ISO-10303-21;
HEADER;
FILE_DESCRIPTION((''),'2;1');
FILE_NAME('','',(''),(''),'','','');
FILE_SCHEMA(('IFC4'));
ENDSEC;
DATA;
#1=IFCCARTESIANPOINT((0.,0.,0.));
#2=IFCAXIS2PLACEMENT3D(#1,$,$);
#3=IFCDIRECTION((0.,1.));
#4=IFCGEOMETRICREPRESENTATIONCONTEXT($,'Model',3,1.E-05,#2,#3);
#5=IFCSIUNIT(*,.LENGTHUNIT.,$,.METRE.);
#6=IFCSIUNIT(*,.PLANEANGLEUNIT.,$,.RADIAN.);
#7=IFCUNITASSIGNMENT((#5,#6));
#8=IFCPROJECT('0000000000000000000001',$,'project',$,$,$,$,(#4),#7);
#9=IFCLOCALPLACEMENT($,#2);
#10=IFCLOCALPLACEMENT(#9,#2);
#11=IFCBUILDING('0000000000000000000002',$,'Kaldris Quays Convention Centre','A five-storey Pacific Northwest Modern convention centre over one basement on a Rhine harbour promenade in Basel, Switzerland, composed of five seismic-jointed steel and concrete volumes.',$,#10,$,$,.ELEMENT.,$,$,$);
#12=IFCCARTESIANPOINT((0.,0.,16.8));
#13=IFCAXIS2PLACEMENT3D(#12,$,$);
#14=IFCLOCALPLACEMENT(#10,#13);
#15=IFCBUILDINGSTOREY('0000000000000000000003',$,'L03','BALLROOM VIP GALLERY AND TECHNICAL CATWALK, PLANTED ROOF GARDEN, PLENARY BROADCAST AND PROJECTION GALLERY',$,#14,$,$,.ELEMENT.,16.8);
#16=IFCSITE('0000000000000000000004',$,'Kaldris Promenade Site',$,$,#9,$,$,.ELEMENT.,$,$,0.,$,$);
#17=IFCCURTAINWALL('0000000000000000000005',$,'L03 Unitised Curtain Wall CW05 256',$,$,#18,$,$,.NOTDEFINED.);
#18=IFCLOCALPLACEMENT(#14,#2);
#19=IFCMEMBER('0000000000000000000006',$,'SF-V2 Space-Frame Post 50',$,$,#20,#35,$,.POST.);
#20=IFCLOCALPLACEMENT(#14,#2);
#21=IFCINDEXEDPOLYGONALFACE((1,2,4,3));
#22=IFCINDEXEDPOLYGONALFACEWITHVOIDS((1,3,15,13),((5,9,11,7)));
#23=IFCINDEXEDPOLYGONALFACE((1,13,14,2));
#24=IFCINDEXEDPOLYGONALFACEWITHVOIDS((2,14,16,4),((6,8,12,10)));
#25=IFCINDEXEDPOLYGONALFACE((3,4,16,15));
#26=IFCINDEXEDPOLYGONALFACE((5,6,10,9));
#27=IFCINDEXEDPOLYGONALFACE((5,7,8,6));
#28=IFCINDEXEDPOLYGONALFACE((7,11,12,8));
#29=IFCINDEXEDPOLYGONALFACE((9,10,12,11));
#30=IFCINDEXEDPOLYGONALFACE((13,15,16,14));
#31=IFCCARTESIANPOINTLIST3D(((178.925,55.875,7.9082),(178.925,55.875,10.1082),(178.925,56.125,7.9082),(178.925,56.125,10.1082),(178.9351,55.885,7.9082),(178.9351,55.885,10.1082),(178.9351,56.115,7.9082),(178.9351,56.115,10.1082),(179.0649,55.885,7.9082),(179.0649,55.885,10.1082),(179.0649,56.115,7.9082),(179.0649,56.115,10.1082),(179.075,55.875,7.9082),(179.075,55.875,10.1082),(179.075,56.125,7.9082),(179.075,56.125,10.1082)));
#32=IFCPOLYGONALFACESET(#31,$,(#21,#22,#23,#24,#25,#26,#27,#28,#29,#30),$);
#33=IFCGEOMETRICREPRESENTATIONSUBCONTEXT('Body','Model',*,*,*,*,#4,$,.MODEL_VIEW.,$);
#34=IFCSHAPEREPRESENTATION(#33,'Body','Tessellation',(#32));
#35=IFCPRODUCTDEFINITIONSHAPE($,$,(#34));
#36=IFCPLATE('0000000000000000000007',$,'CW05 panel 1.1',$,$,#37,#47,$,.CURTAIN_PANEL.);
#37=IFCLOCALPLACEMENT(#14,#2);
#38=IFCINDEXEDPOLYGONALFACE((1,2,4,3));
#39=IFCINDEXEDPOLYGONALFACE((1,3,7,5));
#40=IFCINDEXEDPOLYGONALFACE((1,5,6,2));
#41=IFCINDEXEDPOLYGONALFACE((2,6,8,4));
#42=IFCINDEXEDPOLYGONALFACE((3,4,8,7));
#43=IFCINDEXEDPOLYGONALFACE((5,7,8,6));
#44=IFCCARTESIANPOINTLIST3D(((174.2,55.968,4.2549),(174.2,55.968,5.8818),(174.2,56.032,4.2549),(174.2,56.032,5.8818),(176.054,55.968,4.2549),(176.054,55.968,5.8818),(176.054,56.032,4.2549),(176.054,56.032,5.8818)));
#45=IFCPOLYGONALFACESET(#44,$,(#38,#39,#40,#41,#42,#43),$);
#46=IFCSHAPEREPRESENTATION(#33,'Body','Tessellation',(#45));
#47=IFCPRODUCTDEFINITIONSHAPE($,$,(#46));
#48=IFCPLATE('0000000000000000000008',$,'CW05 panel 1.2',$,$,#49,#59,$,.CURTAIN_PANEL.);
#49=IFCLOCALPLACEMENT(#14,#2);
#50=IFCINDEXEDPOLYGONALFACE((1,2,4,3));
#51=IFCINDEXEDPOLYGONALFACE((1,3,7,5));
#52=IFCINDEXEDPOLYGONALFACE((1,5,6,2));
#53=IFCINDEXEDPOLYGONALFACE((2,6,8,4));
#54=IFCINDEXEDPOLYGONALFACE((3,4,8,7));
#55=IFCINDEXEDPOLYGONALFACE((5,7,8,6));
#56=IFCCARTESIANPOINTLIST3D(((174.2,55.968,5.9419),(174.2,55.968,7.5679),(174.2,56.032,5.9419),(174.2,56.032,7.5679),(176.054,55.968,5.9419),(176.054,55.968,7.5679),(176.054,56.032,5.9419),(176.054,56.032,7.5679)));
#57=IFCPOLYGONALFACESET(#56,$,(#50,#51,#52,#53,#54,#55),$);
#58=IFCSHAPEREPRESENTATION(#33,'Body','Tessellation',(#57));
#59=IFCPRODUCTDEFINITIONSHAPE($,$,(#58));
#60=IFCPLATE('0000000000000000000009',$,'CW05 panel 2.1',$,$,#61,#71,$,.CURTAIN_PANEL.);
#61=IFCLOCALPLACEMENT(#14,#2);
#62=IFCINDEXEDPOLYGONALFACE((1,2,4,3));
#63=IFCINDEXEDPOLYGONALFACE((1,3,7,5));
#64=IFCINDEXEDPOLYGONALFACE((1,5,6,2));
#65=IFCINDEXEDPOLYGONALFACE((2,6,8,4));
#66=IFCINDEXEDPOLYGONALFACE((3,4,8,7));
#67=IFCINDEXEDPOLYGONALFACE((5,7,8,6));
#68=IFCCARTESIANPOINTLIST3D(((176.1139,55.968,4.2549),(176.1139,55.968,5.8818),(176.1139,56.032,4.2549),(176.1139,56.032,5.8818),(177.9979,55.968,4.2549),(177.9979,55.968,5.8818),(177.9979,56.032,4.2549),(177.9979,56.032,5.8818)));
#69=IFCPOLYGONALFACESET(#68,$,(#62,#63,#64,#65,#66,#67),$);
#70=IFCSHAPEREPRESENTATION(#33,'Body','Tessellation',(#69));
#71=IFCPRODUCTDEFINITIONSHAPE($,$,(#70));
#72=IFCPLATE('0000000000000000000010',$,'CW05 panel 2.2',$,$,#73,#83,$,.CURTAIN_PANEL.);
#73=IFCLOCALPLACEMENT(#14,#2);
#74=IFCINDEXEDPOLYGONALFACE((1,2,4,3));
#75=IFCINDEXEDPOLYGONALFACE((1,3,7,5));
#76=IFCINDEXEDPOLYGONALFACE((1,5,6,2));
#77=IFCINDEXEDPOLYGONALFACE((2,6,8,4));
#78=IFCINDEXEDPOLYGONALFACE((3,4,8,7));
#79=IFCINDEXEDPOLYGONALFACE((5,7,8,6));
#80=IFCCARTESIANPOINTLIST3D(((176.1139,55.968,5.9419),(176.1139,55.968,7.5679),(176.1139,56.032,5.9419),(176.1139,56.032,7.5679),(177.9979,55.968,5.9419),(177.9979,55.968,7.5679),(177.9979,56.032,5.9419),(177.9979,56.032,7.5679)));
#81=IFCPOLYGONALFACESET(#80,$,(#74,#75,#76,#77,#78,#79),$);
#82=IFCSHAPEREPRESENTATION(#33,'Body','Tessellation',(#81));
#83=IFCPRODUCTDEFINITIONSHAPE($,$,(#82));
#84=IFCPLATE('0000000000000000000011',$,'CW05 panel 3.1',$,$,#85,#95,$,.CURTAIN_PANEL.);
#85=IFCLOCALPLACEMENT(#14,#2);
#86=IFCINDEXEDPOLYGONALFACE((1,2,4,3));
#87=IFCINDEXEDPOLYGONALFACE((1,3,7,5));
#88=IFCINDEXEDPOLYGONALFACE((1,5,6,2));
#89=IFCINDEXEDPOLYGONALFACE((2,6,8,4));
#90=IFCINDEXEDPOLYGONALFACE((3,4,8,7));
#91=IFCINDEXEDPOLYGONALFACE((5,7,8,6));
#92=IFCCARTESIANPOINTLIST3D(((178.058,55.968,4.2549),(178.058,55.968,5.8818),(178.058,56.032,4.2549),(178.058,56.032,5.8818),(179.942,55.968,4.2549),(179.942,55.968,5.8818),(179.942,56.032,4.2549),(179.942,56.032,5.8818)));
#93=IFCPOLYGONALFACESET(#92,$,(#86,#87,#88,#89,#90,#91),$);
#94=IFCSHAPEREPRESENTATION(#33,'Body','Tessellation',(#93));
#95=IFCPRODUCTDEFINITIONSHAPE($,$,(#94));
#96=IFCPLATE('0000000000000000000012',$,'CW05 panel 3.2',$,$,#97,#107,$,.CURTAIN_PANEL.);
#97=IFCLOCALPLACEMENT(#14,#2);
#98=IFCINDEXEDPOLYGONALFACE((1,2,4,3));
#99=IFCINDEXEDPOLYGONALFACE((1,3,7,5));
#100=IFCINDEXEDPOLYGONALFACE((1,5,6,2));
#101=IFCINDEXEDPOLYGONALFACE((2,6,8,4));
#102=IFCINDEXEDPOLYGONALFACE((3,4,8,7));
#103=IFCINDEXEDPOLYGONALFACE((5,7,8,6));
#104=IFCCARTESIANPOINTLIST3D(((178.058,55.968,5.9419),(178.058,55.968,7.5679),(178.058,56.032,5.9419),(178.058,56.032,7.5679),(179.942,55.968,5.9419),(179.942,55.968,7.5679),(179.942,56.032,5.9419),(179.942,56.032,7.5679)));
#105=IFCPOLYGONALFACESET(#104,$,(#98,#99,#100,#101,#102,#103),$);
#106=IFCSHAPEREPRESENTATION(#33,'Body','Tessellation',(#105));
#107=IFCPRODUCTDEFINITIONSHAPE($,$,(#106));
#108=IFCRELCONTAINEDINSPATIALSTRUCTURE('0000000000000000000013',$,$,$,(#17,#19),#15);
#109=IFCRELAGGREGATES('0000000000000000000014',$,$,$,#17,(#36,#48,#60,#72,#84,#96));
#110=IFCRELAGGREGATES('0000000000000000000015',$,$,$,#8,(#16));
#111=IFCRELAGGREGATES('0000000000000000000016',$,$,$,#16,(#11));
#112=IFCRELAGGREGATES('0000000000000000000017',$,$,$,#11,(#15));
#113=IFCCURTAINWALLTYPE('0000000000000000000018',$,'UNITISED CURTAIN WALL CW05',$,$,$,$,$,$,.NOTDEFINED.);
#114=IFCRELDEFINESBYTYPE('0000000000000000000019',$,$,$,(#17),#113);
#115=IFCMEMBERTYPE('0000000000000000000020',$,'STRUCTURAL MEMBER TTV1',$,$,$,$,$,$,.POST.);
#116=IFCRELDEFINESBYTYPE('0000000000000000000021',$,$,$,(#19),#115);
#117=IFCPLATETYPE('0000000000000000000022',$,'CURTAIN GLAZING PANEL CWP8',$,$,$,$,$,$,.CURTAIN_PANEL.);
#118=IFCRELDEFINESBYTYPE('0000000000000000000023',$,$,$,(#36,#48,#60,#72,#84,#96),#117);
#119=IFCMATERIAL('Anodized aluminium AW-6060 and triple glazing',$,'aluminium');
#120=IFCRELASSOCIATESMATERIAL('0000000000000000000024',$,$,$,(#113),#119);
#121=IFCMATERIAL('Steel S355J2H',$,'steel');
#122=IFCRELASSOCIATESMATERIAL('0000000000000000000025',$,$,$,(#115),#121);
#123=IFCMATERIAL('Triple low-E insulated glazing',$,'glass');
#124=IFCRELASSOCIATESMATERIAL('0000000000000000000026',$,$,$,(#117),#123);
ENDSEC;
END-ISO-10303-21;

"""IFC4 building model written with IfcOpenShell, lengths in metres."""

from ifc_helpers import new_model, si_unit, direction, frame, origin, origin_2d, place, context, subcontext, project, spatial, rectangle, hollow_rectangle, extrude, material, material_profile, profile_set, type_object, element, aggregate, save


model = new_model("IFC4")

# Units and contexts
model_context = context("Model", 3, precision=1e-05, world=origin(), true_north=direction((0.0, 1.0)))
body_context = subcontext(model_context, "Body", "Model", "MODEL_VIEW")
ifc_project = project(units=[si_unit("LENGTHUNIT", "METRE"), si_unit("PLANEANGLEUNIT", "RADIAN")], contexts=[model_context])

# Site, building, storey
site_placement = place(None, origin())
site = spatial("IfcSite", under=ifc_project, at=site_placement, Name="Kaldris Promenade Site", CompositionType="ELEMENT", RefElevation=0.0)
building_placement = place(site_placement, origin())
building = spatial("IfcBuilding", under=site, at=building_placement, Name="Kaldris Quays Convention Centre", Description="A five-storey Pacific Northwest Modern convention centre over one basement on a Rhine harbour promenade in Basel, Switzerland, composed of five seismic-jointed steel and concrete volumes.", CompositionType="ELEMENT")
storey_placement = place(building_placement, frame((0.0, 0.0, 16.8)))
storey = spatial("IfcBuildingStorey", under=building, at=storey_placement, Name="L03", Description="BALLROOM VIP GALLERY AND TECHNICAL CATWALK, PLANTED ROOF GARDEN, PLENARY BROADCAST AND PROJECTION GALLERY", CompositionType="ELEMENT", Elevation=16.8)

# Curtain wall
ifc_material_1 = material(Name="Anodized aluminium AW-6060 and triple glazing", Category="aluminium")
curtain_wall_type = type_object("IfcCurtainWallType", Name="UNITISED CURTAIN WALL CW05", PredefinedType="NOTDEFINED", material=ifc_material_1)
curtain_wall_placement = place(storey_placement, origin())
curtain_wall = element("IfcCurtainWall", 1, at=curtain_wall_placement, inside=storey, type_object=curtain_wall_type, Name="L03 Unitised Curtain Wall CW05 256", PredefinedType="NOTDEFINED")

# Member
ifc_material_2 = material(Name="Steel S355J2H", Category="steel")
ifc_material_profile_1 = material_profile(ifc_material_2, hollow_rectangle(XDim=0.1499, YDim=0.25, WallThickness=0.01, at=origin_2d()), Name="RHS 250x150x10")
ifc_profile_set_1 = profile_set([ifc_material_profile_1], Name="Steel S355J2H")
member_type_1 = type_object("IfcMemberType", Name="STRUCTURAL MEMBER TTV1", PredefinedType="POST", material=ifc_profile_set_1)
for number, where, z_axis, x_axis, name in (
    (2, (179.0, 56.0, 7.9082), (0.0, 0.0, 1.0), (1.0, 0.0, 0.0), "SF-V2 Space-Frame Post 50"),
):
    element("IfcMember", number, at=place(storey_placement, frame(where, z_axis=z_axis, x_axis=x_axis)), inside=storey, type_object=member_type_1, Name=name, PredefinedType="POST", context=body_context, shape_type="SweptSolid", body=[
        extrude(hollow_rectangle(XDim=0.1499, YDim=0.25, WallThickness=0.01, at=origin_2d()), origin(), (0.0, 0.0, 1.0), 2.2),
    ])

# Plates
ifc_material_3 = material(Name="Triple low-E insulated glazing", Category="glass")
plate_type = type_object("IfcPlateType", Name="CURTAIN GLAZING PANEL CWP8", PredefinedType="CURTAIN_PANEL", material=ifc_material_3)
plate_1_placement = place(storey_placement, frame((175.127, 56.0, 4.2549), z_axis=(0.0, 0.0, 1.0), x_axis=(1.0, 0.0, 0.0)))
plate_1 = element("IfcPlate", 3, at=plate_1_placement, type_object=plate_type, Name="CW05 panel 1.1", PredefinedType="CURTAIN_PANEL", context=body_context, shape_type="SweptSolid", body=[
    extrude(rectangle(XDim=1.854, YDim=0.064, at=origin_2d()), origin(), (0.0, 0.0, 1.0), 1.627),
])
plate_2_placement = place(storey_placement, frame((175.127, 56.0, 5.9419), z_axis=(0.0, 0.0, 1.0), x_axis=(1.0, 0.0, 0.0)))
plate_2 = element("IfcPlate", 4, at=plate_2_placement, type_object=plate_type, Name="CW05 panel 1.2", PredefinedType="CURTAIN_PANEL", context=body_context, shape_type="SweptSolid", body=[
    extrude(rectangle(XDim=1.854, YDim=0.064, at=origin_2d()), origin(), (0.0, 0.0, 1.0), 1.626),
])
plate_3_placement = place(storey_placement, frame((177.0559, 56.0, 4.2549), z_axis=(0.0, 0.0, 1.0), x_axis=(1.0, 0.0, 0.0)))
plate_3 = element("IfcPlate", 5, at=plate_3_placement, type_object=plate_type, Name="CW05 panel 2.1", PredefinedType="CURTAIN_PANEL", context=body_context, shape_type="SweptSolid", body=[
    extrude(rectangle(XDim=1.884, YDim=0.064, at=origin_2d()), origin(), (0.0, 0.0, 1.0), 1.627),
])
plate_4_placement = place(storey_placement, frame((177.0559, 56.0, 5.9419), z_axis=(0.0, 0.0, 1.0), x_axis=(1.0, 0.0, 0.0)))
plate_4 = element("IfcPlate", 6, at=plate_4_placement, type_object=plate_type, Name="CW05 panel 2.2", PredefinedType="CURTAIN_PANEL", context=body_context, shape_type="SweptSolid", body=[
    extrude(rectangle(XDim=1.884, YDim=0.064, at=origin_2d()), origin(), (0.0, 0.0, 1.0), 1.626),
])
plate_5_placement = place(storey_placement, frame((179.0, 56.0, 4.2549), z_axis=(0.0, 0.0, 1.0), x_axis=(1.0, 0.0, 0.0)))
plate_5 = element("IfcPlate", 7, at=plate_5_placement, type_object=plate_type, Name="CW05 panel 3.1", PredefinedType="CURTAIN_PANEL", context=body_context, shape_type="SweptSolid", body=[
    extrude(rectangle(XDim=1.884, YDim=0.064, at=origin_2d()), origin(), (0.0, 0.0, 1.0), 1.627),
])
plate_6_placement = place(storey_placement, frame((179.0, 56.0, 5.9419), z_axis=(0.0, 0.0, 1.0), x_axis=(1.0, 0.0, 0.0)))
plate_6 = element("IfcPlate", 8, at=plate_6_placement, type_object=plate_type, Name="CW05 panel 3.2", PredefinedType="CURTAIN_PANEL", context=body_context, shape_type="SweptSolid", body=[
    extrude(rectangle(XDim=1.884, YDim=0.064, at=origin_2d()), origin(), (0.0, 0.0, 1.0), 1.626),
])
aggregate(curtain_wall, [plate_1, plate_2, plate_3, plate_4, plate_5, plate_6])

save(model, "model.ifc")
